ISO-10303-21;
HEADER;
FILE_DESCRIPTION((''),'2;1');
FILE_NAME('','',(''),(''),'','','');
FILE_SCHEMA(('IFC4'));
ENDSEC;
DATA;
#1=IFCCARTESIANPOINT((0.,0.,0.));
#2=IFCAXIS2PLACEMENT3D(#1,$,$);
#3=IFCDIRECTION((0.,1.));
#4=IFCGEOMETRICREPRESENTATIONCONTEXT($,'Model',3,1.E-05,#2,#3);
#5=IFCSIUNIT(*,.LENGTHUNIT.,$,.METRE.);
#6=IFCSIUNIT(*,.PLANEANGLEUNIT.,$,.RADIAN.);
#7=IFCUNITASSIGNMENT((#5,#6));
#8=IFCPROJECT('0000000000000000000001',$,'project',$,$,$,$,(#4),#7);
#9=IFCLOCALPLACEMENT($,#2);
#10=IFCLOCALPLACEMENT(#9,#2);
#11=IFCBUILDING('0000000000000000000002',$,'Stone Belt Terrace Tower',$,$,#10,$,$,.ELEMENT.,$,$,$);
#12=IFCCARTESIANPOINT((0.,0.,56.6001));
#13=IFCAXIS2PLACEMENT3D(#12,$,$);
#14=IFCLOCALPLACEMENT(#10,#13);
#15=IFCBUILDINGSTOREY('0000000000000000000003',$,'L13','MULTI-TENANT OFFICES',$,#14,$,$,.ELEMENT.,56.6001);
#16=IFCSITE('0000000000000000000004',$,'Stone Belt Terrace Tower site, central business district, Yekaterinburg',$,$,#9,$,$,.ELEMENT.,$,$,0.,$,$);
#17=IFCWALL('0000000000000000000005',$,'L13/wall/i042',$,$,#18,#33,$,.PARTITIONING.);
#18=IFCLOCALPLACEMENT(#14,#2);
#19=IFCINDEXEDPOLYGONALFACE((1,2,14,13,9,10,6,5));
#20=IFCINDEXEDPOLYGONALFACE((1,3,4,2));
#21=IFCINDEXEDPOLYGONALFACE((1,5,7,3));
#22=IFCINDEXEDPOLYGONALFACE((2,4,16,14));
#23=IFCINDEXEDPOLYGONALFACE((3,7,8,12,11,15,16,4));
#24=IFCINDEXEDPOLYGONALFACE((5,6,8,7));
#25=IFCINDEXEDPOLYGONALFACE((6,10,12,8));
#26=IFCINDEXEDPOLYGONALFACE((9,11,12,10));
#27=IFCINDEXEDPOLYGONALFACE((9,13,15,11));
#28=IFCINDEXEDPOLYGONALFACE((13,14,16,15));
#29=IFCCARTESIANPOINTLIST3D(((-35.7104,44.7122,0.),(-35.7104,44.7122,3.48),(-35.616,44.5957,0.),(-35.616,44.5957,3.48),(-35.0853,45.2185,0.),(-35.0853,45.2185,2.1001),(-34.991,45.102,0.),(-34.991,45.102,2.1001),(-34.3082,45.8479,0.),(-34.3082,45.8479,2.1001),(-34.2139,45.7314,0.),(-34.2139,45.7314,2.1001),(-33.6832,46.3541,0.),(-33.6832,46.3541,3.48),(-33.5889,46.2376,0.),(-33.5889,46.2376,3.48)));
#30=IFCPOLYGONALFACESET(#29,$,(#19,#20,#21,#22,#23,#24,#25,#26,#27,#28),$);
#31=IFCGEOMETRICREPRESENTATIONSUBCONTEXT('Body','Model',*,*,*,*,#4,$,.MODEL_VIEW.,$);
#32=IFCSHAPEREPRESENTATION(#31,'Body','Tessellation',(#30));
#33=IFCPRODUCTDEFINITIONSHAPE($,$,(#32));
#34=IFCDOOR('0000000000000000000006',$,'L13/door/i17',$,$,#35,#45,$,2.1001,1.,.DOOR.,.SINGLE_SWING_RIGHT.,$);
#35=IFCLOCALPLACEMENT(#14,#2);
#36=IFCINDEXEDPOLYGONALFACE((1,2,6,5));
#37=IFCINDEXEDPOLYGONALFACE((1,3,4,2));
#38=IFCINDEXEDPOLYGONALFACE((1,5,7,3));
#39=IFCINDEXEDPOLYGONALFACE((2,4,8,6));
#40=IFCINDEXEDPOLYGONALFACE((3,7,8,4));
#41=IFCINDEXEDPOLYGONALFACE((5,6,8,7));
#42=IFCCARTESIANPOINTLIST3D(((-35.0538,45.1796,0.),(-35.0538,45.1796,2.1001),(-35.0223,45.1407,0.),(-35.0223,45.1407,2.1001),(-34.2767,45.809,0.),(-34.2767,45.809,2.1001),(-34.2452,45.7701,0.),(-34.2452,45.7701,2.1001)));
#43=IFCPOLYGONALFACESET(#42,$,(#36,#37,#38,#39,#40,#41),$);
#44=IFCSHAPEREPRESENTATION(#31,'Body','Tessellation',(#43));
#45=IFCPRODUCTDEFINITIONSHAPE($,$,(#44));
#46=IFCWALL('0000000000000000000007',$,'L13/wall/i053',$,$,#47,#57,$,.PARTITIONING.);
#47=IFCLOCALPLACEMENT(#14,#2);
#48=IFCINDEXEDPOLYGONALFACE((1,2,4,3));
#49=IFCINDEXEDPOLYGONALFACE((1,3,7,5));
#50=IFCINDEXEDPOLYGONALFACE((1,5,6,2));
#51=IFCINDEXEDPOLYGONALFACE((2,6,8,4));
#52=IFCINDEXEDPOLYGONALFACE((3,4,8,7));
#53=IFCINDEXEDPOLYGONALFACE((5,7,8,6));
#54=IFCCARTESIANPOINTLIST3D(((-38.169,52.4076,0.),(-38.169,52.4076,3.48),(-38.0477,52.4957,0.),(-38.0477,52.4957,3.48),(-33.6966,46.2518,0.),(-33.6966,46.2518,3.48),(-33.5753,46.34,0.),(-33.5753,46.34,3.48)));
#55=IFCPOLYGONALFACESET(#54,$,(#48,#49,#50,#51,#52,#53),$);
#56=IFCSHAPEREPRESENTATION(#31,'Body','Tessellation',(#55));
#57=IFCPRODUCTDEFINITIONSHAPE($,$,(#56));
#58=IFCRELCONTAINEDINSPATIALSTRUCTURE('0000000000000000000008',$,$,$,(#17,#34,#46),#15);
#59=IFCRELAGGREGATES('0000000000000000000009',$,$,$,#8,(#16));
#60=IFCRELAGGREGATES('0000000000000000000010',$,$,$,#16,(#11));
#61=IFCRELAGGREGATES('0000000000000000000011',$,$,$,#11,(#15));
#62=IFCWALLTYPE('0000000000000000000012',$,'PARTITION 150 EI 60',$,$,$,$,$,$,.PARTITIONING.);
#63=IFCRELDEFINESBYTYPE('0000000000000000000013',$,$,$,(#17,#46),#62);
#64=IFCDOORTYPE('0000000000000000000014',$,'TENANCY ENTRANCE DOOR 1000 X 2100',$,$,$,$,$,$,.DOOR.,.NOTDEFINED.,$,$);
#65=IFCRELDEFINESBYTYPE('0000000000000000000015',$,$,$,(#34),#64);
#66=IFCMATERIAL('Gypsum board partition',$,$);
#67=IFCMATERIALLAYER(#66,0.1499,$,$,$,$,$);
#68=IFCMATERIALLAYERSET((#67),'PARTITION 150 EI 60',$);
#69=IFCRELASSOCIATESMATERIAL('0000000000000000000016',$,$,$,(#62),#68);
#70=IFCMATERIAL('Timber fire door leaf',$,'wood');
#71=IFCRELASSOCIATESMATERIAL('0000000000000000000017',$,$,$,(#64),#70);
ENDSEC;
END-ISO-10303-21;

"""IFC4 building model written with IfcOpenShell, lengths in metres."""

from ifc_helpers import new_model, si_unit, direction, frame, frame_2d, origin, place, context, subcontext, project, spatial, rectangle, extrude, material, layer, layer_set, type_object, element, fill, save


model = new_model("IFC4")

# Units and contexts
model_context = context("Model", 3, precision=1e-05, world=origin(), true_north=direction((0.0, 1.0)))
body_context = subcontext(model_context, "Body", "Model", "MODEL_VIEW")
ifc_project = project(units=[si_unit("LENGTHUNIT", "METRE"), si_unit("PLANEANGLEUNIT", "RADIAN")], contexts=[model_context])

# Site, building, storey
site_placement = place(None, origin())
site = spatial("IfcSite", under=ifc_project, at=site_placement, Name="Stone Belt Terrace Tower site, central business district, Yekaterinburg", CompositionType="ELEMENT", RefElevation=0.0)
building_placement = place(site_placement, origin())
building = spatial("IfcBuilding", under=site, at=building_placement, Name="Stone Belt Terrace Tower", CompositionType="ELEMENT")
storey_placement = place(building_placement, frame((0.0, 0.0, 56.6001)))
storey = spatial("IfcBuildingStorey", under=building, at=storey_placement, Name="L13", Description="MULTI-TENANT OFFICES", CompositionType="ELEMENT", Elevation=56.6001)

# Shared definitions
ifc_material_1 = material(Name="Gypsum board partition")

# Shared definitions
ifc_layer_1 = layer(ifc_material_1, 0.1499)
ifc_layer_set_1 = layer_set([ifc_layer_1], Name="PARTITION 150 EI 60")
wall_type_1 = type_object("IfcWallType", Name="PARTITION 150 EI 60", PredefinedType="PARTITIONING", material=ifc_layer_set_1)

# Wall, opening, door
wall_1_placement = place(storey_placement, frame((-35.6631, 44.6541, 0.0), z_axis=(0.0, 0.0, 1.0), x_axis=(0.777084, 0.629397, 0.0)))
wall_1 = element("IfcWall", 1, at=wall_1_placement, inside=storey, type_object=wall_type_1, Name="L13/wall/i042", PredefinedType="PARTITIONING", context=body_context, shape_type="SweptSolid", body=[
    extrude(rectangle(XDim=2.6086, YDim=0.1499, at=frame_2d((1.3042, 0.0))), origin(), (0.0, 0.0, 1.0), 3.48),
])
opening_1_placement = place(wall_1_placement, frame((0.8042, 0.0, 0.0)))
opening_1 = element("IfcOpeningElement", 2, at=opening_1_placement, cuts=wall_1, PredefinedType="OPENING", context=body_context, shape_type="SweptSolid", body=[
    extrude(rectangle(XDim=1.0, YDim=2.1001, at=frame_2d((0.5, 1.05))), frame((0.0, 0.085, 0.0), z_axis=(0.0, -1.0, 0.0), x_axis=(1.0, 0.0, 0.0)), (0.0, 0.0, 1.0), 0.1699),
])
ifc_material_2 = material(Name="Timber fire door leaf", Category="wood")
door_type_1 = type_object("IfcDoorType", Name="TENANCY ENTRANCE DOOR 1000 X 2100", OperationType="NOTDEFINED", PredefinedType="DOOR", material=ifc_material_2)
door_1_placement = place(opening_1_placement, origin())
door_1 = element("IfcDoor", 3, at=door_1_placement, inside=storey, type_object=door_type_1, Name="L13/door/i17", OperationType="SINGLE_SWING_RIGHT", OverallHeight=2.1001, OverallWidth=1.0, PredefinedType="DOOR", context=body_context, shape_type="SweptSolid", body=[
    extrude(rectangle(XDim=1.0, YDim=2.1001, at=frame_2d((0.5, 1.05))), frame((0.0, 0.0249, 0.0), z_axis=(0.0, -1.0, 0.0), x_axis=(1.0, 0.0, 0.0)), (0.0, 0.0, 1.0), 0.05),
])
fill(opening_1, door_1)

# Wall
wall_2_placement = place(storey_placement, frame((-33.636, 46.2959, 0.0), z_axis=(0.0, 0.0, 1.0), x_axis=(-0.587784, 0.809018, 0.0)))
element("IfcWall", 4, at=wall_2_placement, inside=storey, type_object=wall_type_1, Name="L13/wall/i053", PredefinedType="PARTITIONING", context=body_context, shape_type="SweptSolid", body=[
    extrude(rectangle(XDim=7.6089, YDim=0.1499, at=frame_2d((3.8044, 0.0))), origin(), (0.0, 0.0, 1.0), 3.48),
])

save(model, "model.ifc")
